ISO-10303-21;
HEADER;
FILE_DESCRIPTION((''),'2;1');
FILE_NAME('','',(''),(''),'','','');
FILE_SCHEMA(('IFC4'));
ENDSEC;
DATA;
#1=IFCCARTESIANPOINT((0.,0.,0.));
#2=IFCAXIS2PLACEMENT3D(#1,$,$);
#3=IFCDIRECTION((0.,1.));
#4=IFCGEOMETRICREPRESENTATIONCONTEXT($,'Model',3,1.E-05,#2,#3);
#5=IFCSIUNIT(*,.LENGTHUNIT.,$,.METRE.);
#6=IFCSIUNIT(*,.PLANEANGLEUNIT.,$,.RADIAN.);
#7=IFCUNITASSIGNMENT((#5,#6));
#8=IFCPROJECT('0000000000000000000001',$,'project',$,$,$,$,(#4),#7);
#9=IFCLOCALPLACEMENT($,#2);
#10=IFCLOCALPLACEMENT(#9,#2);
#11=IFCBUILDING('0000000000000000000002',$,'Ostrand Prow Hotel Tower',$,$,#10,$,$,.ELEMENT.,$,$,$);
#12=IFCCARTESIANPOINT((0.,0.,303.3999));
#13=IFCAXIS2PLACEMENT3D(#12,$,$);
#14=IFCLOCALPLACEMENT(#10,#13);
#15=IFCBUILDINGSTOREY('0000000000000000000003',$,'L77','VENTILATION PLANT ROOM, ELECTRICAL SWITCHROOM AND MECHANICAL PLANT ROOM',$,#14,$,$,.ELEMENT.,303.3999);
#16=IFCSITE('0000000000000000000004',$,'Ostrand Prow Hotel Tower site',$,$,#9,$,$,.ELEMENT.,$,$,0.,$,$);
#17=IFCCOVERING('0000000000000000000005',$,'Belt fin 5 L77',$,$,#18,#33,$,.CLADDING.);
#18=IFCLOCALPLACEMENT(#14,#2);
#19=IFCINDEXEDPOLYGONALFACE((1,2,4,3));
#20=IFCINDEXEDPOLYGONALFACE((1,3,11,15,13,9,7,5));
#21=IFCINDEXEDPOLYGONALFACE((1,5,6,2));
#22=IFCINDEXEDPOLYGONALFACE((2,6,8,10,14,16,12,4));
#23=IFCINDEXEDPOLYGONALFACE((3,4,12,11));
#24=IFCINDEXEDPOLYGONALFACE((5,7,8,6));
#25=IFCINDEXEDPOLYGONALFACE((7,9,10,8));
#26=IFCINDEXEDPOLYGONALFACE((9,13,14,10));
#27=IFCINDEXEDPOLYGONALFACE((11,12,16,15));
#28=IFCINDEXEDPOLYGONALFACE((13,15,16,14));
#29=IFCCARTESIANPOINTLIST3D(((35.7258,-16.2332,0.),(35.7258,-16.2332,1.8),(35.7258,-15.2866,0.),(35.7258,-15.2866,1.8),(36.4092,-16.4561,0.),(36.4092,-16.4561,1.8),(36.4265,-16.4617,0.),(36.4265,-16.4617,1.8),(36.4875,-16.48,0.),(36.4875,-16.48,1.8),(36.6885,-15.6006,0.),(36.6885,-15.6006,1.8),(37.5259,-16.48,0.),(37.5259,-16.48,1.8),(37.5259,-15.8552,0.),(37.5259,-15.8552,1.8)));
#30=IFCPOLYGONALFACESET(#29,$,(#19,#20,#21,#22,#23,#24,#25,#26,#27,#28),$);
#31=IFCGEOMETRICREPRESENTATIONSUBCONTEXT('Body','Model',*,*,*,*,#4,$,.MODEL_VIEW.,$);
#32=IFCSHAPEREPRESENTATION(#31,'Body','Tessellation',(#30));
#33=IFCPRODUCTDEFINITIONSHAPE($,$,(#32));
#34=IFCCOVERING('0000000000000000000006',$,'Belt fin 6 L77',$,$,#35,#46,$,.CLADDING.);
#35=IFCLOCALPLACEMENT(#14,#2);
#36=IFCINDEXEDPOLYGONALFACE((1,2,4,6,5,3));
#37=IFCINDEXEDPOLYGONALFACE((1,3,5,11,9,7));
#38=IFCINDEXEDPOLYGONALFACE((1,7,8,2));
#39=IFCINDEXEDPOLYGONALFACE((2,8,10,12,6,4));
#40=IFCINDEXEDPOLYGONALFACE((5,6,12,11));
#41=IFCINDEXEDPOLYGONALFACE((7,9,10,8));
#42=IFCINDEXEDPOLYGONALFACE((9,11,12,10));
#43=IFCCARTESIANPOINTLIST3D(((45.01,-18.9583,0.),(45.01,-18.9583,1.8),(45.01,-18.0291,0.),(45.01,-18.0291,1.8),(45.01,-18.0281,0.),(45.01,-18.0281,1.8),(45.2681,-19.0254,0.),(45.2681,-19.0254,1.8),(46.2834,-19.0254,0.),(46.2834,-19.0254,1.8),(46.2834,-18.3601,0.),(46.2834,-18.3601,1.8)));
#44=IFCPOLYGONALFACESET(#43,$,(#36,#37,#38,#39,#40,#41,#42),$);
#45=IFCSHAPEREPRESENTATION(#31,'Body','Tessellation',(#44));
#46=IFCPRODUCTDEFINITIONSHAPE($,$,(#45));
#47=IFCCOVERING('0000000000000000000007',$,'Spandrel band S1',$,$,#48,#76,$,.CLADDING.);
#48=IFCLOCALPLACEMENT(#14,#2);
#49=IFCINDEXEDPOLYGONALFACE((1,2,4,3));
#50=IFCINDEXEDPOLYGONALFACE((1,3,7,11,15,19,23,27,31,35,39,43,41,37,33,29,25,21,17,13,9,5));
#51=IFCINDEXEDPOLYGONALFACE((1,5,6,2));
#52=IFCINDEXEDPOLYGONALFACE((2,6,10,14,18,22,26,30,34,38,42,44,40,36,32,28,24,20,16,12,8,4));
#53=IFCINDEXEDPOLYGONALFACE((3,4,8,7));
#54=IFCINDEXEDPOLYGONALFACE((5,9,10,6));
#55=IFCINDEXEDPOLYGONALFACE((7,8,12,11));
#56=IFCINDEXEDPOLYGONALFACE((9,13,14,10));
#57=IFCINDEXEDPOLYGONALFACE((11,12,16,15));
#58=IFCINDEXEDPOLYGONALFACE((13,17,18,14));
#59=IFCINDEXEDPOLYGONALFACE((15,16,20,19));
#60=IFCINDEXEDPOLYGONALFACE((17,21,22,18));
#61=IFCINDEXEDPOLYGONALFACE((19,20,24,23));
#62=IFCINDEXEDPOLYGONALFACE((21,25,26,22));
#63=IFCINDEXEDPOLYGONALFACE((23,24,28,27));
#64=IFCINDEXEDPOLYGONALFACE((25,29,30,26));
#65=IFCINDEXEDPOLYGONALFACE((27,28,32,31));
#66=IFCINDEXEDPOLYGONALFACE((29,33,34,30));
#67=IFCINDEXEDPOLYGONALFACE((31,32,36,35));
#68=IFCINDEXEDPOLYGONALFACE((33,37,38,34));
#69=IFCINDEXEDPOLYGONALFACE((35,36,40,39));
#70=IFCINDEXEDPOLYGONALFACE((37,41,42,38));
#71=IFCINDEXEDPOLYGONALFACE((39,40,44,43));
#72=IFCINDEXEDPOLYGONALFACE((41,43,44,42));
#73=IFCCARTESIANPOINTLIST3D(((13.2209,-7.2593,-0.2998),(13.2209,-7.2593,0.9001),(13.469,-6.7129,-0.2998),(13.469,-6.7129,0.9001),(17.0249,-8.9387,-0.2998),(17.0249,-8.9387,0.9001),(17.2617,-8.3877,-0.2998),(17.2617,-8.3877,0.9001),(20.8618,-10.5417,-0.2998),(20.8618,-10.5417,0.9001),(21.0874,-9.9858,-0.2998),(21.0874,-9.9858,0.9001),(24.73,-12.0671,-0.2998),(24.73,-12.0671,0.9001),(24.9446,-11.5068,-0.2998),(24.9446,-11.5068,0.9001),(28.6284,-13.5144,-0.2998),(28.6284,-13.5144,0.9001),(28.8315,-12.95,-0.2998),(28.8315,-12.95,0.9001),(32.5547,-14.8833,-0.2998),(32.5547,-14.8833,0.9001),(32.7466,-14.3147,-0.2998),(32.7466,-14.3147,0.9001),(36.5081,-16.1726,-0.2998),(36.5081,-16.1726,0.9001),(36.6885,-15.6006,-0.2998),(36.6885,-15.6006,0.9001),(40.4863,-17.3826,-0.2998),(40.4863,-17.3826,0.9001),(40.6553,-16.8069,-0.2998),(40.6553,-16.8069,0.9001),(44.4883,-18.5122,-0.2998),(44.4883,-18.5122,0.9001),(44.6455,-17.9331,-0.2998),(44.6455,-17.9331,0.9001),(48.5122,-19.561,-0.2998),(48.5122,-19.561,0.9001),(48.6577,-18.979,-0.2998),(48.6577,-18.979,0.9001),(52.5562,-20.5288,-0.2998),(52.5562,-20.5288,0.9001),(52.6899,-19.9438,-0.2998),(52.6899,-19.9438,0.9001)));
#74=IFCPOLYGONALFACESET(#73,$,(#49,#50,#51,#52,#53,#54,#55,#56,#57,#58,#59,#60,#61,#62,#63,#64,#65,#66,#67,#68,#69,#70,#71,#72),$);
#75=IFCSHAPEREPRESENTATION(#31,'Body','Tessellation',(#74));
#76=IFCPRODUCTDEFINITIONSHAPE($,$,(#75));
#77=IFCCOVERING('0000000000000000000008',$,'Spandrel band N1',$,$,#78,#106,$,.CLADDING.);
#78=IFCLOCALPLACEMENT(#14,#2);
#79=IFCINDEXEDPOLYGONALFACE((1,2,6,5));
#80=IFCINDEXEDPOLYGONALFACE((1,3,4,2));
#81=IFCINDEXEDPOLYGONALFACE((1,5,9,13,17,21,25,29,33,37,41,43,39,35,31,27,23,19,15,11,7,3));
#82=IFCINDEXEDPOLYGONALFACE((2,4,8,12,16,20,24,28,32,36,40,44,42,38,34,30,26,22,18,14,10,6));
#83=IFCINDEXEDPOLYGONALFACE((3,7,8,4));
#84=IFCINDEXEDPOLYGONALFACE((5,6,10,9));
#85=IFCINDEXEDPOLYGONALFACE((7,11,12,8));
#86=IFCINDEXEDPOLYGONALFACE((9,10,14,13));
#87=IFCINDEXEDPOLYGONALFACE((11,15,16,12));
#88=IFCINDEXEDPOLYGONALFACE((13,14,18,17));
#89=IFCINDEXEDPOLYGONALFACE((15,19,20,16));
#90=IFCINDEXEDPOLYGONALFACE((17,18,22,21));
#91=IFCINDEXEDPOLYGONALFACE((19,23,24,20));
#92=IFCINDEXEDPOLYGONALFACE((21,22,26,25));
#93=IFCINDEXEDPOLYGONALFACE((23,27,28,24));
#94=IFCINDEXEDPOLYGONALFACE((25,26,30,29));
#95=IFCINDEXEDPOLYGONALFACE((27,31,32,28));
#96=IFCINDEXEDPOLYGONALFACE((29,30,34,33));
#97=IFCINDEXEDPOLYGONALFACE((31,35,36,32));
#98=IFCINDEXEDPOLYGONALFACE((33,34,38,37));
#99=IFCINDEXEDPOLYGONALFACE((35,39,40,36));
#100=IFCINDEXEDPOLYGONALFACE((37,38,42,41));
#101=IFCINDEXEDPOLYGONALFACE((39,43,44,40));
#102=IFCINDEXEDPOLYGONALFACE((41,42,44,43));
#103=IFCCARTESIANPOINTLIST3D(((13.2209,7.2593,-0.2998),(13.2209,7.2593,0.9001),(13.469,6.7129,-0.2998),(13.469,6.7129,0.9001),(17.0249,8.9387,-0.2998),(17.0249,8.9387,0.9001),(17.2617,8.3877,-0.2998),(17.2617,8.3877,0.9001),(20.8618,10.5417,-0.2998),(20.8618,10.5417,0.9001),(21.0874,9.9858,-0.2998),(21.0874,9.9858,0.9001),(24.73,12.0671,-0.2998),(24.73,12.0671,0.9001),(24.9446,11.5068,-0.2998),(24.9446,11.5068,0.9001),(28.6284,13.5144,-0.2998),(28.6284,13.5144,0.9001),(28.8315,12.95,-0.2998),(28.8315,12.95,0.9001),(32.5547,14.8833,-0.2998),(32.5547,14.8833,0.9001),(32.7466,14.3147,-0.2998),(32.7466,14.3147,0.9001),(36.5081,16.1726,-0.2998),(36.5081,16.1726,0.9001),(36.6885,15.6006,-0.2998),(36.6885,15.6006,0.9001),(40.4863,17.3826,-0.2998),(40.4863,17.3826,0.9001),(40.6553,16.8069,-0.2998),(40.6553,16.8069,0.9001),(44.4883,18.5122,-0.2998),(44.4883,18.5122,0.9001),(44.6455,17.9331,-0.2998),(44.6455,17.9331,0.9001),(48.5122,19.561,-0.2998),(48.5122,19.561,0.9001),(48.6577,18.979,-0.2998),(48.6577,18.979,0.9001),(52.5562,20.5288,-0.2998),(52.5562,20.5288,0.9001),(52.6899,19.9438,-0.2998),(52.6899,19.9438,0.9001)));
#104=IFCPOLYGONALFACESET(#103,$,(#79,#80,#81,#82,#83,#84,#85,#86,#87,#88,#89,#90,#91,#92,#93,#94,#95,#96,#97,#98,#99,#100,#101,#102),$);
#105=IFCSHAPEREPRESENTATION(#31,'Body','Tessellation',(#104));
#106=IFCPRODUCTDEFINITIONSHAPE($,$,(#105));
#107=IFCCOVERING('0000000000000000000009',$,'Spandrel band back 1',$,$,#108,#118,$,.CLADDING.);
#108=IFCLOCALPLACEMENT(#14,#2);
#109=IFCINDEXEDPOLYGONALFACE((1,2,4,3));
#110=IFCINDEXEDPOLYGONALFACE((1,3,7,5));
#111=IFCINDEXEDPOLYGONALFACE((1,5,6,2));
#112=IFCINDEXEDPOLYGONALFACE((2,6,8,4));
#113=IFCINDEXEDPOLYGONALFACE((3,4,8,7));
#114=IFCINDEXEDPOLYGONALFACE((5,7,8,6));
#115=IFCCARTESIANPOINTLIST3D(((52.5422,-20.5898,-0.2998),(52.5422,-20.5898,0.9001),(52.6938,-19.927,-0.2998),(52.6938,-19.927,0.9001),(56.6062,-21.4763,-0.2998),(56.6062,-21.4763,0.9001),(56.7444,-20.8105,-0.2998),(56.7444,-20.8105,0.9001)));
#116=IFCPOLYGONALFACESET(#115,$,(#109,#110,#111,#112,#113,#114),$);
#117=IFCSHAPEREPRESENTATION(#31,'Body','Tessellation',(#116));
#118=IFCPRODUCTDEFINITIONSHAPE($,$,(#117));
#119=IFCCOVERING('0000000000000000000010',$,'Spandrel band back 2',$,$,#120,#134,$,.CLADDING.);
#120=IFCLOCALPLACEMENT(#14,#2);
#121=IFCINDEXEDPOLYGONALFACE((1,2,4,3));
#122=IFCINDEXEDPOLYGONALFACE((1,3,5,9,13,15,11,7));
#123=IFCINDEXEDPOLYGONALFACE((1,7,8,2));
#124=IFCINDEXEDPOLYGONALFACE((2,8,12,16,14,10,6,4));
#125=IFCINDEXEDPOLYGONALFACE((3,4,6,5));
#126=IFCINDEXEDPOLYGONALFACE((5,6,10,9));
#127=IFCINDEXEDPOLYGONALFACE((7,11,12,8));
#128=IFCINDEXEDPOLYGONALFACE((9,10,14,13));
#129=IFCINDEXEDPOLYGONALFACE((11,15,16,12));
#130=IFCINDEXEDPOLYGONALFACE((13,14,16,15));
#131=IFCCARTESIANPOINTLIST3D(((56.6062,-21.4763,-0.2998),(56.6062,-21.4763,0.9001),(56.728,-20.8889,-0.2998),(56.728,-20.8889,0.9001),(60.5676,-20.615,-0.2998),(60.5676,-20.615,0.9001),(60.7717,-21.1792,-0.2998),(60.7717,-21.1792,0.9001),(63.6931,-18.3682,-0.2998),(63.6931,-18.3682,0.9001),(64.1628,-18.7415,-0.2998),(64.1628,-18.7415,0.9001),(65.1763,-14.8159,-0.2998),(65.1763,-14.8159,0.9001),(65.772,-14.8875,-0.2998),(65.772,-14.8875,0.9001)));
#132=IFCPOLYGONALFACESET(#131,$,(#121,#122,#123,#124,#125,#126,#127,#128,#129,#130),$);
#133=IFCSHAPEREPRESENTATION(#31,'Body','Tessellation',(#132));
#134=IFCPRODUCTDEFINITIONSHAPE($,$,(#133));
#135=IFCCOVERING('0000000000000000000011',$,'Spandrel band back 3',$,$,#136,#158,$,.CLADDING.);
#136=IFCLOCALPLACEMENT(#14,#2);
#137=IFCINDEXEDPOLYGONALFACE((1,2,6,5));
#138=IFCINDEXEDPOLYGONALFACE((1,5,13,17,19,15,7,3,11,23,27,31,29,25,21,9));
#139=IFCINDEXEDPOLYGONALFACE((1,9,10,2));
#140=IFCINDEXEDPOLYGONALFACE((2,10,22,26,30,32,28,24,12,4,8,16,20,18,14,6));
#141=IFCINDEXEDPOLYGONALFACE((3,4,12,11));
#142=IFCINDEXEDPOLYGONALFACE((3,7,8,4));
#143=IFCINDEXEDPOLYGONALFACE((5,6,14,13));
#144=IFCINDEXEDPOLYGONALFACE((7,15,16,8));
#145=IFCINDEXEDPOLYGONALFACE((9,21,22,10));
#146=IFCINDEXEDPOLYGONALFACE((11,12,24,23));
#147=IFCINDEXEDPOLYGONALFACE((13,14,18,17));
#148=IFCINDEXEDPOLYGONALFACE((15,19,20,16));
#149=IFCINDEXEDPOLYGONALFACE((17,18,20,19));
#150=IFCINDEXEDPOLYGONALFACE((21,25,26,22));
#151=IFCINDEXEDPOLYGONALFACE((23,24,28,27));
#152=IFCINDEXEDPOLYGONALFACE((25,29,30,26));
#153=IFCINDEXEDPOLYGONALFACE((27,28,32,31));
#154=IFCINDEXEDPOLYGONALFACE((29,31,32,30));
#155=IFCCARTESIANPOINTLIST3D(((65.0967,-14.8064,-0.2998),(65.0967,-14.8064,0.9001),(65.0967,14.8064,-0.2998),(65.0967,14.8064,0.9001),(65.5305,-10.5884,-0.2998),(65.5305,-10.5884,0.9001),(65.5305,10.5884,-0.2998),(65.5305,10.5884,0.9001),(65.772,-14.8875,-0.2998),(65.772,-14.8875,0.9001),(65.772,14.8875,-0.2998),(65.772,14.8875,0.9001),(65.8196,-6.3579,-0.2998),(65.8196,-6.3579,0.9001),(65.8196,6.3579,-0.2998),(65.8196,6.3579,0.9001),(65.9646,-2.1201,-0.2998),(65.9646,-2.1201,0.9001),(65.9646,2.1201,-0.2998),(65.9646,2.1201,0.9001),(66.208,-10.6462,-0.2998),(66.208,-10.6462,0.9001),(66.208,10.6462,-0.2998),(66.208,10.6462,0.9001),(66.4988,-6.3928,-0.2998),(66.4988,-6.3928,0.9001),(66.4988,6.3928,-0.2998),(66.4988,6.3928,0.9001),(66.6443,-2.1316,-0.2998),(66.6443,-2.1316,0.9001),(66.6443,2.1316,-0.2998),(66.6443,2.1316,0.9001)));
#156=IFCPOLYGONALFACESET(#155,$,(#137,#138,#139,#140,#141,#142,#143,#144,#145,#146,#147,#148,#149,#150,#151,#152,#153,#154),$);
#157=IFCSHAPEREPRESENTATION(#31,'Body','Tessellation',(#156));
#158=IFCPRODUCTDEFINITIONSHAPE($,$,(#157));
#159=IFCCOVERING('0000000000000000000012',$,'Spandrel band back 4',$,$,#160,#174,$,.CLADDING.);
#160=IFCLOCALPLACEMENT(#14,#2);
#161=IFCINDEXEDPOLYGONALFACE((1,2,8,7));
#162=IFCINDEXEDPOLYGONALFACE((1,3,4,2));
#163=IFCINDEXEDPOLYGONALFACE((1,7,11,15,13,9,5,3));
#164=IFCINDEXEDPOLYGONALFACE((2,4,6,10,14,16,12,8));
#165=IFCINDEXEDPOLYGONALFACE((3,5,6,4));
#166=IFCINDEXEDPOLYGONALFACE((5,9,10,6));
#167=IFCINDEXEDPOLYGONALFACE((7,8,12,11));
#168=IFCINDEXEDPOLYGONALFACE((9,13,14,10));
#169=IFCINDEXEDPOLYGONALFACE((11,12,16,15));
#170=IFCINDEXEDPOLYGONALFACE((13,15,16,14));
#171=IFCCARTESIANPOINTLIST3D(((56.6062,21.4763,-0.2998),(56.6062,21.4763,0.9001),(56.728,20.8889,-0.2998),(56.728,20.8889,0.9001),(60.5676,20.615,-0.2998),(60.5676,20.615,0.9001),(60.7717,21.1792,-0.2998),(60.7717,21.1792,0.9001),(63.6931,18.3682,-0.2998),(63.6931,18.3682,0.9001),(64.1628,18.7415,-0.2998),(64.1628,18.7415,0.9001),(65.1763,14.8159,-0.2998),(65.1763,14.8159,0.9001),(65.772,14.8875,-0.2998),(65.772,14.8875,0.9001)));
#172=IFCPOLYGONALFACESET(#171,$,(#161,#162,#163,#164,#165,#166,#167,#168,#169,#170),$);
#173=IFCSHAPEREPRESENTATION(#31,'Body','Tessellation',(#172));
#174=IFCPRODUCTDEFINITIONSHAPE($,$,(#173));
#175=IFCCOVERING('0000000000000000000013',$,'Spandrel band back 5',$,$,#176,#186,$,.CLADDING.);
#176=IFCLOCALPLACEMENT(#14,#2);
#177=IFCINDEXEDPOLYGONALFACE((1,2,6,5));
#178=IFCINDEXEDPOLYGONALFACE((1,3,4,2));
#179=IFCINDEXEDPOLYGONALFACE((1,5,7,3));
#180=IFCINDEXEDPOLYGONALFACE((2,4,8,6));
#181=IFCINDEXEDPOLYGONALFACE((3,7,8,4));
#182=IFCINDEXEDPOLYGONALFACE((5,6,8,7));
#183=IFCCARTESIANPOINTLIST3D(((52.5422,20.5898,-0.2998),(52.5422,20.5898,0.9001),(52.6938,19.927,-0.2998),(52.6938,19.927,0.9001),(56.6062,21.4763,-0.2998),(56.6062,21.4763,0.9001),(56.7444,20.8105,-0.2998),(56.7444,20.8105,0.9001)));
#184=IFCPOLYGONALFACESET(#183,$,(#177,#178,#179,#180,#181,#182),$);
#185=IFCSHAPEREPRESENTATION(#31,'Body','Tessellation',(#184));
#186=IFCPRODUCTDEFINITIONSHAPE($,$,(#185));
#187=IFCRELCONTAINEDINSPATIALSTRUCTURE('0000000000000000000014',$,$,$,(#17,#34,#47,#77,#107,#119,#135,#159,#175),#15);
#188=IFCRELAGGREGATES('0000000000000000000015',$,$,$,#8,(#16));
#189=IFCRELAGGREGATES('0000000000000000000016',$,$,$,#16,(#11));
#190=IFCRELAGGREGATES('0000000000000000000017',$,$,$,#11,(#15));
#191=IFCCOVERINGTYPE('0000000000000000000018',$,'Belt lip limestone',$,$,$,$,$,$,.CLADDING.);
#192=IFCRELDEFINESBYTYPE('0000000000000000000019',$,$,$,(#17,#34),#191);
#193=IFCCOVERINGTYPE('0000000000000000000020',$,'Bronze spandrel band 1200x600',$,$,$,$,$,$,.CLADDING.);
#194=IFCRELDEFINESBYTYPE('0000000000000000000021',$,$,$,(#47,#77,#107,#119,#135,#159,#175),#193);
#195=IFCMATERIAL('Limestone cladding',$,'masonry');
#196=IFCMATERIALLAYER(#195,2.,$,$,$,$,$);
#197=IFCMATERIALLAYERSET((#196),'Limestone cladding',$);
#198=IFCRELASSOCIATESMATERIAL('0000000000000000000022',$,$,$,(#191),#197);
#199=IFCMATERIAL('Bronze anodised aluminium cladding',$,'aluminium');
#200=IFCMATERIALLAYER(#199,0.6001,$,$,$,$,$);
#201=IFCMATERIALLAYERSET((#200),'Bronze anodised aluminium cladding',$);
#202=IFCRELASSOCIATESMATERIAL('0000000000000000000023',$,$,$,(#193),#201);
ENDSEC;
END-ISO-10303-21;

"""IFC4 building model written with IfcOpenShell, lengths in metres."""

from ifc_helpers import new_model, si_unit, direction, frame, origin, place, context, subcontext, project, spatial, polyline, outline, extrude, material, layer, layer_set, type_object, element, save


model = new_model("IFC4")

# Units and contexts
model_context = context("Model", 3, precision=1e-05, world=origin(), true_north=direction((0.0, 1.0)))
body_context = subcontext(model_context, "Body", "Model", "MODEL_VIEW")
ifc_project = project(units=[si_unit("LENGTHUNIT", "METRE"), si_unit("PLANEANGLEUNIT", "RADIAN")], contexts=[model_context])

# Site, building, storey
site_placement = place(None, origin())
site = spatial("IfcSite", under=ifc_project, at=site_placement, Name="Ostrand Prow Hotel Tower site", CompositionType="ELEMENT", RefElevation=0.0)
building_placement = place(site_placement, origin())
building = spatial("IfcBuilding", under=site, at=building_placement, Name="Ostrand Prow Hotel Tower", CompositionType="ELEMENT")
storey_placement = place(building_placement, frame((0.0, 0.0, 303.3999)))
storey = spatial("IfcBuildingStorey", under=building, at=storey_placement, Name="L77", Description="VENTILATION PLANT ROOM, ELECTRICAL SWITCHROOM AND MECHANICAL PLANT ROOM", CompositionType="ELEMENT", Elevation=303.3999)

# Coverings
ifc_material_1 = material(Name="Limestone cladding", Category="masonry")
ifc_layer_1 = layer(ifc_material_1, 2.0)
ifc_layer_set_1 = layer_set([ifc_layer_1], Name="Limestone cladding")
covering_type_1 = type_object("IfcCoveringType", Name="Belt lip limestone", PredefinedType="CLADDING", material=ifc_layer_set_1)
covering_1_placement = place(storey_placement, origin())
element("IfcCovering", 1, at=covering_1_placement, inside=storey, type_object=covering_type_1, Name="Belt fin 5 L77", PredefinedType="CLADDING", context=body_context, shape_type="SweptSolid", body=[
    extrude(outline(polyline([(36.4265, -16.4617), (36.4875, -16.48), (37.5259, -16.48), (37.5259, -15.8552), (36.6885, -15.6006), (35.7258, -15.2866), (35.7258, -16.2332), (36.4092, -16.4561), (36.4265, -16.4617)])), origin(), (0.0, 0.0, 1.0), 1.8),
])
covering_2_placement = place(storey_placement, origin())
element("IfcCovering", 2, at=covering_2_placement, inside=storey, type_object=covering_type_1, Name="Belt fin 6 L77", PredefinedType="CLADDING", context=body_context, shape_type="SweptSolid", body=[
    extrude(outline(polyline([(45.01, -18.9583), (45.2681, -19.0254), (46.2834, -19.0254), (46.2834, -18.3601), (45.01, -18.0281), (45.01, -18.0291), (45.01, -18.9583)])), origin(), (0.0, 0.0, 1.0), 1.8),
])
ifc_material_2 = material(Name="Bronze anodised aluminium cladding", Category="aluminium")
ifc_layer_2 = layer(ifc_material_2, 0.6001)
ifc_layer_set_2 = layer_set([ifc_layer_2], Name="Bronze anodised aluminium cladding")
covering_type_2 = type_object("IfcCoveringType", Name="Bronze spandrel band 1200x600", PredefinedType="CLADDING", material=ifc_layer_set_2)
covering_3_placement = place(storey_placement, frame((0.0, 0.0, -0.2998)))
element("IfcCovering", 3, at=covering_3_placement, inside=storey, type_object=covering_type_2, Name="Spandrel band S1", PredefinedType="CLADDING", context=body_context, shape_type="SweptSolid", body=[
    extrude(outline(polyline([(13.2209, -7.2593), (17.0249, -8.9387), (20.8618, -10.5417), (24.73, -12.0671), (28.6284, -13.5144), (32.5547, -14.8833), (36.5081, -16.1726), (40.4863, -17.3826), (44.4883, -18.5122), (48.5122, -19.561), (52.5562, -20.5288), (52.6899, -19.9438), (48.6577, -18.979), (44.6455, -17.9331), (40.6553, -16.8069), (36.6885, -15.6006), (32.7466, -14.3147), (28.8315, -12.95), (24.9446, -11.5068), (21.0874, -9.9858), (17.2617, -8.3877), (13.469, -6.7129), (13.2209, -7.2593)])), origin(), (0.0, 0.0, 1.0), 1.2),
])
covering_4_placement = place(storey_placement, frame((0.0, 0.0, -0.2998)))
element("IfcCovering", 4, at=covering_4_placement, inside=storey, type_object=covering_type_2, Name="Spandrel band N1", PredefinedType="CLADDING", context=body_context, shape_type="SweptSolid", body=[
    extrude(outline(polyline([(52.5562, 20.5288), (48.5122, 19.561), (44.4883, 18.5122), (40.4863, 17.3826), (36.5081, 16.1726), (32.5547, 14.8833), (28.6284, 13.5144), (24.73, 12.0671), (20.8618, 10.5417), (17.0249, 8.9387), (13.2209, 7.2593), (13.469, 6.7129), (17.2617, 8.3877), (21.0874, 9.9858), (24.9446, 11.5068), (28.8315, 12.95), (32.7466, 14.3147), (36.6885, 15.6006), (40.6553, 16.8069), (44.6455, 17.9331), (48.6577, 18.979), (52.6899, 19.9438), (52.5562, 20.5288)])), origin(), (0.0, 0.0, 1.0), 1.2),
])
covering_5_placement = place(storey_placement, frame((0.0, 0.0, -0.2998)))
element("IfcCovering", 5, at=covering_5_placement, inside=storey, type_object=covering_type_2, Name="Spandrel band back 1", PredefinedType="CLADDING", context=body_context, shape_type="SweptSolid", body=[
    extrude(outline(polyline([(52.5422, -20.5898), (56.6062, -21.4763), (56.7444, -20.8105), (52.6938, -19.927), (52.5422, -20.5898)])), origin(), (0.0, 0.0, 1.0), 1.2),
])
covering_6_placement = place(storey_placement, frame((0.0, 0.0, -0.2998)))
element("IfcCovering", 6, at=covering_6_placement, inside=storey, type_object=covering_type_2, Name="Spandrel band back 2", PredefinedType="CLADDING", context=body_context, shape_type="SweptSolid", body=[
    extrude(outline(polyline([(56.6062, -21.4763), (60.7717, -21.1792), (64.1628, -18.7415), (65.772, -14.8875), (65.1763, -14.8159), (63.6931, -18.3682), (60.5676, -20.615), (56.728, -20.8889), (56.6062, -21.4763)])), origin(), (0.0, 0.0, 1.0), 1.2),
])
covering_7_placement = place(storey_placement, frame((0.0, 0.0, -0.2998)))
element("IfcCovering", 7, at=covering_7_placement, inside=storey, type_object=covering_type_2, Name="Spandrel band back 3", PredefinedType="CLADDING", context=body_context, shape_type="SweptSolid", body=[
    extrude(outline(polyline([(65.772, -14.8875), (66.208, -10.6462), (66.4988, -6.3928), (66.6443, -2.1316), (66.6443, 2.1316), (66.4988, 6.3928), (66.208, 10.6462), (65.772, 14.8875), (65.0967, 14.8064), (65.5305, 10.5884), (65.8196, 6.3579), (65.9646, 2.1201), (65.9646, -2.1201), (65.8196, -6.3579), (65.5305, -10.5884), (65.0967, -14.8064), (65.772, -14.8875)])), origin(), (0.0, 0.0, 1.0), 1.2),
])
covering_8_placement = place(storey_placement, frame((0.0, 0.0, -0.2998)))
element("IfcCovering", 8, at=covering_8_placement, inside=storey, type_object=covering_type_2, Name="Spandrel band back 4", PredefinedType="CLADDING", context=body_context, shape_type="SweptSolid", body=[
    extrude(outline(polyline([(65.772, 14.8875), (64.1628, 18.7415), (60.7717, 21.1792), (56.6062, 21.4763), (56.728, 20.8889), (60.5676, 20.615), (63.6931, 18.3682), (65.1763, 14.8159), (65.772, 14.8875)])), origin(), (0.0, 0.0, 1.0), 1.2),
])
covering_9_placement = place(storey_placement, frame((0.0, 0.0, -0.2998)))
element("IfcCovering", 9, at=covering_9_placement, inside=storey, type_object=covering_type_2, Name="Spandrel band back 5", PredefinedType="CLADDING", context=body_context, shape_type="SweptSolid", body=[
    extrude(outline(polyline([(56.6062, 21.4763), (52.5422, 20.5898), (52.6938, 19.927), (56.7444, 20.8105), (56.6062, 21.4763)])), origin(), (0.0, 0.0, 1.0), 1.2),
])

save(model, "model.ifc")
